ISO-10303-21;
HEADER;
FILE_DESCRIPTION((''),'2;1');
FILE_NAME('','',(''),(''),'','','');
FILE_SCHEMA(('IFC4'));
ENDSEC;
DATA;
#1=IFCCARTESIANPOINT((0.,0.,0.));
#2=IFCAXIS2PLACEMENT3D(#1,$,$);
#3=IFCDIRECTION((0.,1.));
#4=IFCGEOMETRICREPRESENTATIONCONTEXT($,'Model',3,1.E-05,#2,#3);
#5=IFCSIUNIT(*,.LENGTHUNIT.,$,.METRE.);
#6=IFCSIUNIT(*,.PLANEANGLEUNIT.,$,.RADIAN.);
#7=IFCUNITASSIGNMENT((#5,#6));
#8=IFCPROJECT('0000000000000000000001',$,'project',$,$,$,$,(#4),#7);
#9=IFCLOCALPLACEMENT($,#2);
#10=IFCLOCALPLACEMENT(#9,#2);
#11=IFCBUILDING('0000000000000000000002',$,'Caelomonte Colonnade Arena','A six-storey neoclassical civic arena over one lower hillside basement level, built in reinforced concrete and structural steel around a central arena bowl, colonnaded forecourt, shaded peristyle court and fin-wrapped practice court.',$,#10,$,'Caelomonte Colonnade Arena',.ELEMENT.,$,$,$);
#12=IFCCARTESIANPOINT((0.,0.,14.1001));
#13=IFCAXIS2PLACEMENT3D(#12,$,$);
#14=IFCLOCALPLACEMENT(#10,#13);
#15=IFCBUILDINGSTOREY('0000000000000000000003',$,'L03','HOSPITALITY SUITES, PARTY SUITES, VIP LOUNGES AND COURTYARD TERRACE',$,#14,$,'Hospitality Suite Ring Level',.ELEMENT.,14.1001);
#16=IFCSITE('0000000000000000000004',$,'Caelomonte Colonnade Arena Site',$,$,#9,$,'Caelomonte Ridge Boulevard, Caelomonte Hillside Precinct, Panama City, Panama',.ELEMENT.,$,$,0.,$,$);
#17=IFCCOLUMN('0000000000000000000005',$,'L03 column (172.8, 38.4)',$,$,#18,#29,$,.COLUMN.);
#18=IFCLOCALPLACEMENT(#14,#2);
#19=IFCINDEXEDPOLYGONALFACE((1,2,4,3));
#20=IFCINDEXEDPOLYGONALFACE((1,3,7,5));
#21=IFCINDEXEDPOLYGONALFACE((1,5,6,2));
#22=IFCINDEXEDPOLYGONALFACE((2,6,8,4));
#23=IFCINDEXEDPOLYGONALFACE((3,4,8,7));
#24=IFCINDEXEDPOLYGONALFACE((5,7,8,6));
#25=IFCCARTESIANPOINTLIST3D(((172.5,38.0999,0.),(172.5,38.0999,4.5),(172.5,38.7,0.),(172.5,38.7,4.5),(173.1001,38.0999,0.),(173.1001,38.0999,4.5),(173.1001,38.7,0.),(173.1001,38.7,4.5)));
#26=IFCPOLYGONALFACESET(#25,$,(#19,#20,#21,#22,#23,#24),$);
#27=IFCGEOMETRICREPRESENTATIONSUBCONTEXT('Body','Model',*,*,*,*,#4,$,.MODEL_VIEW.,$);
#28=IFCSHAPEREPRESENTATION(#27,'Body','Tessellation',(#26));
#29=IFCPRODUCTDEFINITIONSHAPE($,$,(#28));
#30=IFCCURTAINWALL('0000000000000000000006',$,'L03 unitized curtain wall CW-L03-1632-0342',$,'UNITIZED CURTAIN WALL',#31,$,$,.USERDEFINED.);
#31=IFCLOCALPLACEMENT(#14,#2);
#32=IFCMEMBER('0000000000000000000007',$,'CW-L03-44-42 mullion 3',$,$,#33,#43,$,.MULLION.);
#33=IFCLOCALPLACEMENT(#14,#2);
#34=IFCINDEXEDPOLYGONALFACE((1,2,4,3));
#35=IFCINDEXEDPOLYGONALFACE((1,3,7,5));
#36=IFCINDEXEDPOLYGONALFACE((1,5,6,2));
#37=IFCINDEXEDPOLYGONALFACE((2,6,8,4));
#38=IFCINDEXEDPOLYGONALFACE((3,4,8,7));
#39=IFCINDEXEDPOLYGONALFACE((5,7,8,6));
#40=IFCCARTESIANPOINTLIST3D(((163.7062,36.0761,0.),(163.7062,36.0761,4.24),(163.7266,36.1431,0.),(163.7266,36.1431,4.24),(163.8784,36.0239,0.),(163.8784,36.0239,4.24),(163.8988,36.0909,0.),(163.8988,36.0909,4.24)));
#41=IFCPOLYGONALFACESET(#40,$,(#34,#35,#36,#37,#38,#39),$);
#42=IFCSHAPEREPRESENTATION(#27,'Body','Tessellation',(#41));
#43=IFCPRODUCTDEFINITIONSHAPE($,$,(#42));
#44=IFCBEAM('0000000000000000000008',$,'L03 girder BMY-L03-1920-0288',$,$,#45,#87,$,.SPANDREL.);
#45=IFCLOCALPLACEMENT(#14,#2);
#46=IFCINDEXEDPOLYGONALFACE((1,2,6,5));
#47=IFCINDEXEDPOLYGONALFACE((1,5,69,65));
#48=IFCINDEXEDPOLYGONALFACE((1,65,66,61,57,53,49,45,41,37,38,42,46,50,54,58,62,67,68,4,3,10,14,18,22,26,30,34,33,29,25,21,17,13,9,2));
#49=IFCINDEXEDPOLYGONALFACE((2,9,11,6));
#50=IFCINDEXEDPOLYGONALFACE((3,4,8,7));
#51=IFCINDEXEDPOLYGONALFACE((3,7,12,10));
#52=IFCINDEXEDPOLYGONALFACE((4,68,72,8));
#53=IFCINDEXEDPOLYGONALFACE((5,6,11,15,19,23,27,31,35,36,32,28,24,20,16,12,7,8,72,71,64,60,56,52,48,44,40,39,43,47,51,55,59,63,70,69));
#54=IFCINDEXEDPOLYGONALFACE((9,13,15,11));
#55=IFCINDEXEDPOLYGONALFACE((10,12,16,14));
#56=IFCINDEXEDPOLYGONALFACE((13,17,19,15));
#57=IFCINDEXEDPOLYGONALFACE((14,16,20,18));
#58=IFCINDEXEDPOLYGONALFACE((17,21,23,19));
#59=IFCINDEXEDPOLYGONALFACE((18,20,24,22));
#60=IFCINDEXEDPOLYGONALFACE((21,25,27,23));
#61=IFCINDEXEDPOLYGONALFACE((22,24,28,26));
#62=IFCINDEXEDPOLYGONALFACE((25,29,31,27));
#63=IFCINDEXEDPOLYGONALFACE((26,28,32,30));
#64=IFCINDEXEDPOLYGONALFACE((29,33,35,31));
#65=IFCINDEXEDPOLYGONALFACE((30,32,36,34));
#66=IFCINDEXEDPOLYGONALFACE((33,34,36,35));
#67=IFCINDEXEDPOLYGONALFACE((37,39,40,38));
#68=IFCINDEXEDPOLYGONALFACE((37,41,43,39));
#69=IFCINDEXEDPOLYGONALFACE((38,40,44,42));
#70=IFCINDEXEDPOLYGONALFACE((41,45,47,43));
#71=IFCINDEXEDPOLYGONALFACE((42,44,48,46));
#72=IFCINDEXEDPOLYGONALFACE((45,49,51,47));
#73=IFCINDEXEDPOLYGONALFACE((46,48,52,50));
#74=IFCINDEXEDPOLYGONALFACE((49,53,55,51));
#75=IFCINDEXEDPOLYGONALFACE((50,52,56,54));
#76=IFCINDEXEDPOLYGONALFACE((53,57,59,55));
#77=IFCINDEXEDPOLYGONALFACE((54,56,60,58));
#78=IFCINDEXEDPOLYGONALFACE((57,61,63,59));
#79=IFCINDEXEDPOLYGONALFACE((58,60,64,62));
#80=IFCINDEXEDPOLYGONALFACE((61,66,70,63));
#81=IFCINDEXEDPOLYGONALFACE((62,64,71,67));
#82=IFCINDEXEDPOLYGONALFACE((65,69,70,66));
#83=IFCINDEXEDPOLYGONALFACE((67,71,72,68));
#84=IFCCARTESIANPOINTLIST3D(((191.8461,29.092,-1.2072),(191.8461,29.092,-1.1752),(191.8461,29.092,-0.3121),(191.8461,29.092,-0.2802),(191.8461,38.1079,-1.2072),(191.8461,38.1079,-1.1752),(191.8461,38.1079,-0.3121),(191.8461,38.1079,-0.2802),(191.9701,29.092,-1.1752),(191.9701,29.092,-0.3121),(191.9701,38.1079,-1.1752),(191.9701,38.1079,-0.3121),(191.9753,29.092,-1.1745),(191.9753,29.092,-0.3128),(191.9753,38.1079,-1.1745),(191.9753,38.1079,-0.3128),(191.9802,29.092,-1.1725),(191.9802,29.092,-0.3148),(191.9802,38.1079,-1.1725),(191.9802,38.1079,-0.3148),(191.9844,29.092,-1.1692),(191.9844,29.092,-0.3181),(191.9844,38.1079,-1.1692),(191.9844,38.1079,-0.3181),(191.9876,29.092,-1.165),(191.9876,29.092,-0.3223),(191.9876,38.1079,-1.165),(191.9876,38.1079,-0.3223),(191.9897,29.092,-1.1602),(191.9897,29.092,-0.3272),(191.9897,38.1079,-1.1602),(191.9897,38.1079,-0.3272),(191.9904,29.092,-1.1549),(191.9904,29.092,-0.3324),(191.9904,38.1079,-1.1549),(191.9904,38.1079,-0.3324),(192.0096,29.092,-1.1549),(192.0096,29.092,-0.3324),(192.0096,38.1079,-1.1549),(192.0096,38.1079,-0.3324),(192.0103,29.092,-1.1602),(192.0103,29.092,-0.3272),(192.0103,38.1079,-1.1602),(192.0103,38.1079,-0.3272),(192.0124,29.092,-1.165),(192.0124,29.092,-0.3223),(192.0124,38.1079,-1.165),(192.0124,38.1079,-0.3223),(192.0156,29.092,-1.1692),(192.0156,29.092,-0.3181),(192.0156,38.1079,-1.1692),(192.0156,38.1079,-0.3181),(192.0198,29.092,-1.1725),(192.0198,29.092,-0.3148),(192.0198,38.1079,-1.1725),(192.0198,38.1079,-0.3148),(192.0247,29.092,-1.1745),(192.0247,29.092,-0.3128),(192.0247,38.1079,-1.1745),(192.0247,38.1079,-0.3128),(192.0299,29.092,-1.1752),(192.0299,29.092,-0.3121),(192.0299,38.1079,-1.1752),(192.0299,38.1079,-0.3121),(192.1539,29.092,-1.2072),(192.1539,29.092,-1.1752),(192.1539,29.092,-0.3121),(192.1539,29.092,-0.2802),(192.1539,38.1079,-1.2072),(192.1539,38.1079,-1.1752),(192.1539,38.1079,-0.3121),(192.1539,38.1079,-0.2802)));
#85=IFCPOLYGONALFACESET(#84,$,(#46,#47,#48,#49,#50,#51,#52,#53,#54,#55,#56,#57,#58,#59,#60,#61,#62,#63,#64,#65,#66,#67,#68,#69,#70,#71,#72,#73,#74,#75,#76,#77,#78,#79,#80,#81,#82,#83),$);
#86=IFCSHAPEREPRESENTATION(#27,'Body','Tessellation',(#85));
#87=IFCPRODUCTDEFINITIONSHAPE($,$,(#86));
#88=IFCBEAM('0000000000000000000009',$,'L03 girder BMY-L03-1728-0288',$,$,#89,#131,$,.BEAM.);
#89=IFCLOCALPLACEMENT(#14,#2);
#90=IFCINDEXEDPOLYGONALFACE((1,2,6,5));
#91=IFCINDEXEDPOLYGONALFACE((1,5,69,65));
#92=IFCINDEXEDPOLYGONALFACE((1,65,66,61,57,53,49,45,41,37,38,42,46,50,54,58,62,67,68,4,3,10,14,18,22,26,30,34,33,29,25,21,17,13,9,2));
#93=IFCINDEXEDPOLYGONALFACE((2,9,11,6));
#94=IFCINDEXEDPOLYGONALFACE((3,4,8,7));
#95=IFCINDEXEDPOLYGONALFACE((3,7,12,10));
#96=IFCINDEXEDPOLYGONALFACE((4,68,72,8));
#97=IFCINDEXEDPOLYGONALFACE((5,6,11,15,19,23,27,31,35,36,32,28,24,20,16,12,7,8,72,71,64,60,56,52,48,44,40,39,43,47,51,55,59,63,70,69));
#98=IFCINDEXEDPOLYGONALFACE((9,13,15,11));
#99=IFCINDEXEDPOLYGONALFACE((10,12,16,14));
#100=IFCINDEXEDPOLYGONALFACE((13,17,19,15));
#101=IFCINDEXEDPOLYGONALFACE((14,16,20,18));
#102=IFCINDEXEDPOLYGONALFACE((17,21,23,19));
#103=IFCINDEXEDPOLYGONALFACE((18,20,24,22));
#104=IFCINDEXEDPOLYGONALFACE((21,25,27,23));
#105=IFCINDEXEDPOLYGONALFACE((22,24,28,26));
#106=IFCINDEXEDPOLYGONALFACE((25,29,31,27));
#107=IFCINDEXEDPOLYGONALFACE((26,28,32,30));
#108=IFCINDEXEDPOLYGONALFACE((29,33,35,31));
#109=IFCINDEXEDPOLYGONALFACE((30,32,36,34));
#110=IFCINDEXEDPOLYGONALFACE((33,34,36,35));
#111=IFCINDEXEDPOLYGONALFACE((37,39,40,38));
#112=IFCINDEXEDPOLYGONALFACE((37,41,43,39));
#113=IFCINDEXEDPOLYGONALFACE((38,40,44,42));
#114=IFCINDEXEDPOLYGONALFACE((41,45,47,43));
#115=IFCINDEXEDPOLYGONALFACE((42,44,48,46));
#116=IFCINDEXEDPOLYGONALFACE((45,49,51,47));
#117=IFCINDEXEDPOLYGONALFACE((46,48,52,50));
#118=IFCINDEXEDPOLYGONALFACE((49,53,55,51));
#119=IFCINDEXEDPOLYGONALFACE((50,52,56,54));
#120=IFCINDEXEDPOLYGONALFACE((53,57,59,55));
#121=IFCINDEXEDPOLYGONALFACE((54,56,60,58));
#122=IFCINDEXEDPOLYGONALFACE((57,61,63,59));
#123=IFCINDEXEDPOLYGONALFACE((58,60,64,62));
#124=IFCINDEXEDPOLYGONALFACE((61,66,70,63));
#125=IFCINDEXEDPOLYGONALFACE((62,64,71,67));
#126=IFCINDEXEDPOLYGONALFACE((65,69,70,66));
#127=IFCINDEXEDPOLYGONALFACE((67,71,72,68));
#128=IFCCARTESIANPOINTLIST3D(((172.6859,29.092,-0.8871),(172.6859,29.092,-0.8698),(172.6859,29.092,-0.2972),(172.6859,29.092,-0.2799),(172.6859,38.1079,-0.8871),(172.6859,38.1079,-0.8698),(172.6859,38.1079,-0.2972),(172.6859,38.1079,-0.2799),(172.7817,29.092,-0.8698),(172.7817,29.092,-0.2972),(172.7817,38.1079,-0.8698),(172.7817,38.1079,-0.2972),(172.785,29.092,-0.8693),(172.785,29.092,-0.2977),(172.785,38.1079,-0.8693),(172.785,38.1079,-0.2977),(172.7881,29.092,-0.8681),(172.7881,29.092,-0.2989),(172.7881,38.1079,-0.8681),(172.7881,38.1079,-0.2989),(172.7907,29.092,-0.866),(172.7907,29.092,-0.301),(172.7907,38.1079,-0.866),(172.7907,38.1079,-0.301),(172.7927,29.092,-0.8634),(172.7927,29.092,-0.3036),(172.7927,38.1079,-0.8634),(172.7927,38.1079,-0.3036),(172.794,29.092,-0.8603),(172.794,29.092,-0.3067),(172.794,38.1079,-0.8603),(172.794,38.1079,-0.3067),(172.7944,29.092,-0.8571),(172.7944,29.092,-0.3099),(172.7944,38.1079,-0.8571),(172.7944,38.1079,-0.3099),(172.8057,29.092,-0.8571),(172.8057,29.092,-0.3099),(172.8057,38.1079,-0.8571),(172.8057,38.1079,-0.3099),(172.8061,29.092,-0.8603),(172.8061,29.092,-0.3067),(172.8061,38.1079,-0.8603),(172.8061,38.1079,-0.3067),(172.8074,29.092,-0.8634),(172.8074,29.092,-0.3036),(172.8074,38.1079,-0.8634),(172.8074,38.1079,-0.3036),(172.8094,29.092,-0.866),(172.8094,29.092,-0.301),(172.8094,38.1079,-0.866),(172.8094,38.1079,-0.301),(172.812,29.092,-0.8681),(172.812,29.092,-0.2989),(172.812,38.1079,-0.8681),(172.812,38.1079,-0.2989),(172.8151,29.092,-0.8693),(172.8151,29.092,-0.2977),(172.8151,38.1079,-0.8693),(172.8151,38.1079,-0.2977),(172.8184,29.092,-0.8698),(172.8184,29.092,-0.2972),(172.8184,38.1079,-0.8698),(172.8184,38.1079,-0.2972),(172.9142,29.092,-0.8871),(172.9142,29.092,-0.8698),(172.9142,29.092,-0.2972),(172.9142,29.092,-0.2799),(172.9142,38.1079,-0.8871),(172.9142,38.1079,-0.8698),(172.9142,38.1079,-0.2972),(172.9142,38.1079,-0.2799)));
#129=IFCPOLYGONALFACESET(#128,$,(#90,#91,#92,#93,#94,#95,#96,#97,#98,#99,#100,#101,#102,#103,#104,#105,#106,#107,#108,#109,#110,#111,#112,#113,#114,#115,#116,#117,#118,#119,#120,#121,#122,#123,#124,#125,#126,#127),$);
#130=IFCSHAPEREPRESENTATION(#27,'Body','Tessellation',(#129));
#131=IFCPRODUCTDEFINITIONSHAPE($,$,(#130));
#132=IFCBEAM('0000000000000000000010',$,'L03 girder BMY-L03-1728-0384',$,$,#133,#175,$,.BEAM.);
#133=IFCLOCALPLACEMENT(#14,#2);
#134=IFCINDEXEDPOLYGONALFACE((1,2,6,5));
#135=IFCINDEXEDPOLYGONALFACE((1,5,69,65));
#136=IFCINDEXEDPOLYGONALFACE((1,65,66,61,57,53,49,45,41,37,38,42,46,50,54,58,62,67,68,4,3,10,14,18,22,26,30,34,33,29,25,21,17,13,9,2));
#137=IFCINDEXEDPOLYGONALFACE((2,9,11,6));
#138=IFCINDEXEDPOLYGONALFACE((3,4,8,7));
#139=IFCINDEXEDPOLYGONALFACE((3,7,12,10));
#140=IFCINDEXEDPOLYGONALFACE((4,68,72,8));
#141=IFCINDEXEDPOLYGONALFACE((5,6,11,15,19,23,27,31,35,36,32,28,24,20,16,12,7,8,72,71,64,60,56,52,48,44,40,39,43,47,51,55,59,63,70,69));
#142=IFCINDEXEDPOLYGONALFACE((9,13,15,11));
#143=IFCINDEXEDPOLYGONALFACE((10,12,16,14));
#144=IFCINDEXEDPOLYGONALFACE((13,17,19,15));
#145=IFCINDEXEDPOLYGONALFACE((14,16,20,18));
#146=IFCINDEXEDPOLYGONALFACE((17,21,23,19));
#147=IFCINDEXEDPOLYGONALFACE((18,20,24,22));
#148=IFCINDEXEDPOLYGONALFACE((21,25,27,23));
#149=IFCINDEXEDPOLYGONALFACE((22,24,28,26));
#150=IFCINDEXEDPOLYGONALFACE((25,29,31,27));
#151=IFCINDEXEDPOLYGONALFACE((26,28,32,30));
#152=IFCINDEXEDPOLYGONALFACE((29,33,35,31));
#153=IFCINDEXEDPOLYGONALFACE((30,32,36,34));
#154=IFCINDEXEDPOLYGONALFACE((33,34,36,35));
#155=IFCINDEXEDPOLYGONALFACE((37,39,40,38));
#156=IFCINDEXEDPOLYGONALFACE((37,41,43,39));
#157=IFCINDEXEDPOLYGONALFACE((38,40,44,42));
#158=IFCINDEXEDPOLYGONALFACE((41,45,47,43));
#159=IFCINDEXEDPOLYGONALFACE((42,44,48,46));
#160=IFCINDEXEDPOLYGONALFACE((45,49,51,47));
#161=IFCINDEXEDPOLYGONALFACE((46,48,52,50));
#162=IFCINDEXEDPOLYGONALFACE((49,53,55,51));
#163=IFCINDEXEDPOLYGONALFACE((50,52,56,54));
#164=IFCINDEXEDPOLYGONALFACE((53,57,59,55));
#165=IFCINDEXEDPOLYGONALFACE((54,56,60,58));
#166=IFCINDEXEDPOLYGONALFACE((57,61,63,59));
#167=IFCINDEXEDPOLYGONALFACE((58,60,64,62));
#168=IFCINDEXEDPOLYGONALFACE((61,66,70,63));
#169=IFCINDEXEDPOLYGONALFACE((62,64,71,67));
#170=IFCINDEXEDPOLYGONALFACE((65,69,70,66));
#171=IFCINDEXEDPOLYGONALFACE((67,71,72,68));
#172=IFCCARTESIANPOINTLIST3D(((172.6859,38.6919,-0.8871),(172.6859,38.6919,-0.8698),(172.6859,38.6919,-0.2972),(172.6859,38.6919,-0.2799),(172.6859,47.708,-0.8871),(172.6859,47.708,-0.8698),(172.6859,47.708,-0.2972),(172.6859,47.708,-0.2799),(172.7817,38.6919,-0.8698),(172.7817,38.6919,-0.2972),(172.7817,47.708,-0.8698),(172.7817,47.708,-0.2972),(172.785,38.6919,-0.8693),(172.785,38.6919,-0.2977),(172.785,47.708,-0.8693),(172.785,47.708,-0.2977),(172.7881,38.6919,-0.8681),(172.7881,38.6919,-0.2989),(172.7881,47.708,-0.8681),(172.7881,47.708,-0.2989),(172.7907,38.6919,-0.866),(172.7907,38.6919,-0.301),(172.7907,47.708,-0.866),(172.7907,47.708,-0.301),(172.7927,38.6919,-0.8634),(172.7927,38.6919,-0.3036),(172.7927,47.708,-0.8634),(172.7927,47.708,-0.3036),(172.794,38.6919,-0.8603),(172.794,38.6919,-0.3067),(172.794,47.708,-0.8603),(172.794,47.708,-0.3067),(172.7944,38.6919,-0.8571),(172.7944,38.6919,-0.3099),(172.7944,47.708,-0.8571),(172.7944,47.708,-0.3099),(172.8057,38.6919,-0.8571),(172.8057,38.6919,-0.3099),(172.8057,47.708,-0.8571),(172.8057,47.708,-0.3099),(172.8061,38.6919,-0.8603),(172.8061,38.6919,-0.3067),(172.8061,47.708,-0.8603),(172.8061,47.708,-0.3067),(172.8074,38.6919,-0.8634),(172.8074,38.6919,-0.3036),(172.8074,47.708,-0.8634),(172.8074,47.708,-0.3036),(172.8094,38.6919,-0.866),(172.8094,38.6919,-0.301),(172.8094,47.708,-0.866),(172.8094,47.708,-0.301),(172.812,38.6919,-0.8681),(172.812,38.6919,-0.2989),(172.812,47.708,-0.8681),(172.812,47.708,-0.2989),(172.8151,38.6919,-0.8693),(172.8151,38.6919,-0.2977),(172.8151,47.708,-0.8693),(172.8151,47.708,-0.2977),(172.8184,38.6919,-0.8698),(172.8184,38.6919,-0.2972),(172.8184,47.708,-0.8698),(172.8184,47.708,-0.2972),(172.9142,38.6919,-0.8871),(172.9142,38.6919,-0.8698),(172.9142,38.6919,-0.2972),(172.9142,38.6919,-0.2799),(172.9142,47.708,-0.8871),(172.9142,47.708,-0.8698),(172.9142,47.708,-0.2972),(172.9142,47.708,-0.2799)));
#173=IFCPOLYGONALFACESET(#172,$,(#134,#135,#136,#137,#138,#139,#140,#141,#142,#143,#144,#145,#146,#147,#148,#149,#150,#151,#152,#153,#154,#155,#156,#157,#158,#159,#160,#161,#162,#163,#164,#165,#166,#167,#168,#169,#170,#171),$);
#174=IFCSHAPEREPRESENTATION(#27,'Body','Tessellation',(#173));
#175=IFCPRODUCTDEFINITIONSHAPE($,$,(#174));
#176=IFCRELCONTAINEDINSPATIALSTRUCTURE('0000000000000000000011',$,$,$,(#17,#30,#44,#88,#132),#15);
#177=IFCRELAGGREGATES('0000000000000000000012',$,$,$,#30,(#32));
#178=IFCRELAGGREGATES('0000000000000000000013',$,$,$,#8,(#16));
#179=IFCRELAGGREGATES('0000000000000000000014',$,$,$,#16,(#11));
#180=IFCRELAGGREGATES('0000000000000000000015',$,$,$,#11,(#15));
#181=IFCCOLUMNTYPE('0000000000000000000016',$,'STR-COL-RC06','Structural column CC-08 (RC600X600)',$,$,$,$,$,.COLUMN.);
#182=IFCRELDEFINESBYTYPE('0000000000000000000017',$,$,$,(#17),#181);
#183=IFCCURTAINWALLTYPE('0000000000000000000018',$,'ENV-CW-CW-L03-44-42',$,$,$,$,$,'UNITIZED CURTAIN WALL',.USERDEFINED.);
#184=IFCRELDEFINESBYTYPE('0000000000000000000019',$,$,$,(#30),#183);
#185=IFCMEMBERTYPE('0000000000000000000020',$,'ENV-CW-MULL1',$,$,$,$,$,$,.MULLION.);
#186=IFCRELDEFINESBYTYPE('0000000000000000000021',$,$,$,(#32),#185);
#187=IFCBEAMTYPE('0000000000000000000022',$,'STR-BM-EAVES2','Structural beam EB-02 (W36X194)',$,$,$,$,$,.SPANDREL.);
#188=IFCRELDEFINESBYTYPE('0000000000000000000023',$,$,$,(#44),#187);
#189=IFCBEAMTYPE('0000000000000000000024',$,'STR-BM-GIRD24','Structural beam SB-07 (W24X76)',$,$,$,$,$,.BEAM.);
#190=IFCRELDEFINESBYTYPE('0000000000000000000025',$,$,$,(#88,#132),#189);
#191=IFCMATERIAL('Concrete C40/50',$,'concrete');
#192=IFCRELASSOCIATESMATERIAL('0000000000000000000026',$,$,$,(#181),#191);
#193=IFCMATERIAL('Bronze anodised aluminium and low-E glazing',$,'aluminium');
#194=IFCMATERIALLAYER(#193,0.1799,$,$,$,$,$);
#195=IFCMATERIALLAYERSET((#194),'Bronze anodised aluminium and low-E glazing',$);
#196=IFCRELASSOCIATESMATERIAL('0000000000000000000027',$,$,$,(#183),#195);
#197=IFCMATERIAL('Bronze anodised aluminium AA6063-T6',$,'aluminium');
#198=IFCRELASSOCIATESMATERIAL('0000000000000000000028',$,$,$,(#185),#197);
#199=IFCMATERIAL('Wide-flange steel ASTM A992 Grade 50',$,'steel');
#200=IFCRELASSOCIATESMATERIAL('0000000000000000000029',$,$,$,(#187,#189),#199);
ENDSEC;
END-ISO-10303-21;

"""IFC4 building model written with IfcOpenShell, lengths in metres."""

from ifc_helpers import new_model, si_unit, direction, frame, origin, origin_2d, place, context, subcontext, project, spatial, rectangle, i_section, extrude, material, layer, layer_set, material_profile, profile_set, type_object, element, aggregate, save


model = new_model("IFC4")

# Units and contexts
model_context = context("Model", 3, precision=1e-05, world=origin(), true_north=direction((0.0, 1.0)))
body_context = subcontext(model_context, "Body", "Model", "MODEL_VIEW")
ifc_project = project(units=[si_unit("LENGTHUNIT", "METRE"), si_unit("PLANEANGLEUNIT", "RADIAN")], contexts=[model_context])

# Site, building, storey
site_placement = place(None, origin())
site = spatial("IfcSite", under=ifc_project, at=site_placement, Name="Caelomonte Colonnade Arena Site", LongName="Caelomonte Ridge Boulevard, Caelomonte Hillside Precinct, Panama City, Panama", CompositionType="ELEMENT", RefElevation=0.0)
building_placement = place(site_placement, origin())
building = spatial("IfcBuilding", under=site, at=building_placement, Name="Caelomonte Colonnade Arena", Description="A six-storey neoclassical civic arena over one lower hillside basement level, built in reinforced concrete and structural steel around a central arena bowl, colonnaded forecourt, shaded peristyle court and fin-wrapped practice court.", LongName="Caelomonte Colonnade Arena", CompositionType="ELEMENT")
storey_placement = place(building_placement, frame((0.0, 0.0, 14.1001)))
storey = spatial("IfcBuildingStorey", under=building, at=storey_placement, Name="L03", Description="HOSPITALITY SUITES, PARTY SUITES, VIP LOUNGES AND COURTYARD TERRACE", LongName="Hospitality Suite Ring Level", CompositionType="ELEMENT", Elevation=14.1001)

# Column
ifc_material_1 = material(Name="Concrete C40/50", Category="concrete")
ifc_material_profile_1 = material_profile(ifc_material_1, rectangle(XDim=0.6001, YDim=0.6001, at=origin_2d()), Name="RC600X600")
ifc_profile_set_1 = profile_set([ifc_material_profile_1], Name="Concrete C40/50")
column_type = type_object("IfcColumnType", Name="STR-COL-RC06", Description="Structural column CC-08 (RC600X600)", PredefinedType="COLUMN", material=ifc_profile_set_1)
column_placement = place(storey_placement, frame((172.8, 38.3999, 0.0), z_axis=(0.0, 0.0, 1.0), x_axis=(1.0, 0.0, 0.0)))
element("IfcColumn", 1, at=column_placement, inside=storey, type_object=column_type, Name="L03 column (172.8, 38.4)", PredefinedType="COLUMN", context=body_context, shape_type="SweptSolid", body=[
    extrude(rectangle(XDim=0.6001, YDim=0.6001, at=origin_2d()), origin(), (0.0, 0.0, 1.0), 4.5),
])

# Curtain wall, member
ifc_material_2 = material(Name="Bronze anodised aluminium and low-E glazing", Category="aluminium")
ifc_layer_1 = layer(ifc_material_2, 0.1799)
ifc_layer_set_1 = layer_set([ifc_layer_1], Name="Bronze anodised aluminium and low-E glazing")
curtain_wall_type = type_object("IfcCurtainWallType", Name="ENV-CW-CW-L03-44-42", ElementType="UNITIZED CURTAIN WALL", PredefinedType="USERDEFINED", material=ifc_layer_set_1)
curtain_wall_placement = place(storey_placement, origin())
curtain_wall = element("IfcCurtainWall", 2, at=curtain_wall_placement, inside=storey, type_object=curtain_wall_type, Name="L03 unitized curtain wall CW-L03-1632-0342", ObjectType="UNITIZED CURTAIN WALL", PredefinedType="USERDEFINED")
ifc_material_3 = material(Name="Bronze anodised aluminium AA6063-T6", Category="aluminium")
ifc_material_profile_2 = material_profile(ifc_material_3, rectangle(XDim=0.0701, YDim=0.1799, at=origin_2d()), Name="CWM-70X180")
ifc_profile_set_2 = profile_set([ifc_material_profile_2], Name="Bronze anodised aluminium AA6063-T6")
member_type = type_object("IfcMemberType", Name="ENV-CW-MULL1", PredefinedType="MULLION", material=ifc_profile_set_2)
member_placement = place(storey_placement, frame((163.8025, 36.0835, 0.0), z_axis=(0.0, 0.0, 1.0), x_axis=(0.290256, 0.956949, 0.0)))
member = element("IfcMember", 3, at=member_placement, type_object=member_type, Name="CW-L03-44-42 mullion 3", PredefinedType="MULLION", context=body_context, shape_type="SweptSolid", body=[
    extrude(rectangle(XDim=0.0701, YDim=0.1799, at=origin_2d()), origin(), (0.0, 0.0, 1.0), 4.24),
])
aggregate(curtain_wall, [member])

# Beams
ifc_material_4 = material(Name="Wide-flange steel ASTM A992 Grade 50", Category="steel")
ifc_material_profile_3 = material_profile(ifc_material_4, i_section(OverallWidth=0.3079, OverallDepth=0.927, WebThickness=0.0193, FlangeThickness=0.032, FilletRadius=0.0203, at=origin_2d()), Name="W36X194")
ifc_profile_set_3 = profile_set([ifc_material_profile_3], Name="Wide-flange steel ASTM A992 Grade 50")
beam_type_1 = type_object("IfcBeamType", Name="STR-BM-EAVES2", Description="Structural beam EB-02 (W36X194)", PredefinedType="SPANDREL", material=ifc_profile_set_3)
beam_1_placement = place(storey_placement, frame((192.0, 29.092, -0.7437), z_axis=(0.0, 1.0, 0.0), x_axis=(-1.0, 0.0, 0.0)))
element("IfcBeam", 4, at=beam_1_placement, inside=storey, type_object=beam_type_1, Name="L03 girder BMY-L03-1920-0288", PredefinedType="SPANDREL", context=body_context, shape_type="SweptSolid", body=[
    extrude(i_section(OverallWidth=0.3079, OverallDepth=0.927, WebThickness=0.0193, FlangeThickness=0.032, FilletRadius=0.0203, at=origin_2d()), origin(), (0.0, 0.0, 1.0), 9.0159),
])
ifc_material_profile_4 = material_profile(ifc_material_4, i_section(OverallWidth=0.2283, OverallDepth=0.6072, WebThickness=0.0112, FlangeThickness=0.0173, FilletRadius=0.0127, at=origin_2d()), Name="W24X76")
ifc_profile_set_4 = profile_set([ifc_material_profile_4], Name="Wide-flange steel ASTM A992 Grade 50")
beam_type_2 = type_object("IfcBeamType", Name="STR-BM-GIRD24", Description="Structural beam SB-07 (W24X76)", PredefinedType="BEAM", material=ifc_profile_set_4)
beam_2_placement = place(storey_placement, frame((172.8, 29.092, -0.5835), z_axis=(0.0, 1.0, 0.0), x_axis=(-1.0, 0.0, 0.0)))
element("IfcBeam", 5, at=beam_2_placement, inside=storey, type_object=beam_type_2, Name="L03 girder BMY-L03-1728-0288", PredefinedType="BEAM", context=body_context, shape_type="SweptSolid", body=[
    extrude(i_section(OverallWidth=0.2283, OverallDepth=0.6072, WebThickness=0.0112, FlangeThickness=0.0173, FilletRadius=0.0127, at=origin_2d()), origin(), (0.0, 0.0, 1.0), 9.0159),
])
beam_3_placement = place(storey_placement, frame((172.8, 38.6919, -0.5835), z_axis=(0.0, 1.0, 0.0), x_axis=(-1.0, 0.0, 0.0)))
element("IfcBeam", 6, at=beam_3_placement, inside=storey, type_object=beam_type_2, Name="L03 girder BMY-L03-1728-0384", PredefinedType="BEAM", context=body_context, shape_type="SweptSolid", body=[
    extrude(i_section(OverallWidth=0.2283, OverallDepth=0.6072, WebThickness=0.0112, FlangeThickness=0.0173, FilletRadius=0.0127, at=origin_2d()), origin(), (0.0, 0.0, 1.0), 9.0161),
])

save(model, "model.ifc")
